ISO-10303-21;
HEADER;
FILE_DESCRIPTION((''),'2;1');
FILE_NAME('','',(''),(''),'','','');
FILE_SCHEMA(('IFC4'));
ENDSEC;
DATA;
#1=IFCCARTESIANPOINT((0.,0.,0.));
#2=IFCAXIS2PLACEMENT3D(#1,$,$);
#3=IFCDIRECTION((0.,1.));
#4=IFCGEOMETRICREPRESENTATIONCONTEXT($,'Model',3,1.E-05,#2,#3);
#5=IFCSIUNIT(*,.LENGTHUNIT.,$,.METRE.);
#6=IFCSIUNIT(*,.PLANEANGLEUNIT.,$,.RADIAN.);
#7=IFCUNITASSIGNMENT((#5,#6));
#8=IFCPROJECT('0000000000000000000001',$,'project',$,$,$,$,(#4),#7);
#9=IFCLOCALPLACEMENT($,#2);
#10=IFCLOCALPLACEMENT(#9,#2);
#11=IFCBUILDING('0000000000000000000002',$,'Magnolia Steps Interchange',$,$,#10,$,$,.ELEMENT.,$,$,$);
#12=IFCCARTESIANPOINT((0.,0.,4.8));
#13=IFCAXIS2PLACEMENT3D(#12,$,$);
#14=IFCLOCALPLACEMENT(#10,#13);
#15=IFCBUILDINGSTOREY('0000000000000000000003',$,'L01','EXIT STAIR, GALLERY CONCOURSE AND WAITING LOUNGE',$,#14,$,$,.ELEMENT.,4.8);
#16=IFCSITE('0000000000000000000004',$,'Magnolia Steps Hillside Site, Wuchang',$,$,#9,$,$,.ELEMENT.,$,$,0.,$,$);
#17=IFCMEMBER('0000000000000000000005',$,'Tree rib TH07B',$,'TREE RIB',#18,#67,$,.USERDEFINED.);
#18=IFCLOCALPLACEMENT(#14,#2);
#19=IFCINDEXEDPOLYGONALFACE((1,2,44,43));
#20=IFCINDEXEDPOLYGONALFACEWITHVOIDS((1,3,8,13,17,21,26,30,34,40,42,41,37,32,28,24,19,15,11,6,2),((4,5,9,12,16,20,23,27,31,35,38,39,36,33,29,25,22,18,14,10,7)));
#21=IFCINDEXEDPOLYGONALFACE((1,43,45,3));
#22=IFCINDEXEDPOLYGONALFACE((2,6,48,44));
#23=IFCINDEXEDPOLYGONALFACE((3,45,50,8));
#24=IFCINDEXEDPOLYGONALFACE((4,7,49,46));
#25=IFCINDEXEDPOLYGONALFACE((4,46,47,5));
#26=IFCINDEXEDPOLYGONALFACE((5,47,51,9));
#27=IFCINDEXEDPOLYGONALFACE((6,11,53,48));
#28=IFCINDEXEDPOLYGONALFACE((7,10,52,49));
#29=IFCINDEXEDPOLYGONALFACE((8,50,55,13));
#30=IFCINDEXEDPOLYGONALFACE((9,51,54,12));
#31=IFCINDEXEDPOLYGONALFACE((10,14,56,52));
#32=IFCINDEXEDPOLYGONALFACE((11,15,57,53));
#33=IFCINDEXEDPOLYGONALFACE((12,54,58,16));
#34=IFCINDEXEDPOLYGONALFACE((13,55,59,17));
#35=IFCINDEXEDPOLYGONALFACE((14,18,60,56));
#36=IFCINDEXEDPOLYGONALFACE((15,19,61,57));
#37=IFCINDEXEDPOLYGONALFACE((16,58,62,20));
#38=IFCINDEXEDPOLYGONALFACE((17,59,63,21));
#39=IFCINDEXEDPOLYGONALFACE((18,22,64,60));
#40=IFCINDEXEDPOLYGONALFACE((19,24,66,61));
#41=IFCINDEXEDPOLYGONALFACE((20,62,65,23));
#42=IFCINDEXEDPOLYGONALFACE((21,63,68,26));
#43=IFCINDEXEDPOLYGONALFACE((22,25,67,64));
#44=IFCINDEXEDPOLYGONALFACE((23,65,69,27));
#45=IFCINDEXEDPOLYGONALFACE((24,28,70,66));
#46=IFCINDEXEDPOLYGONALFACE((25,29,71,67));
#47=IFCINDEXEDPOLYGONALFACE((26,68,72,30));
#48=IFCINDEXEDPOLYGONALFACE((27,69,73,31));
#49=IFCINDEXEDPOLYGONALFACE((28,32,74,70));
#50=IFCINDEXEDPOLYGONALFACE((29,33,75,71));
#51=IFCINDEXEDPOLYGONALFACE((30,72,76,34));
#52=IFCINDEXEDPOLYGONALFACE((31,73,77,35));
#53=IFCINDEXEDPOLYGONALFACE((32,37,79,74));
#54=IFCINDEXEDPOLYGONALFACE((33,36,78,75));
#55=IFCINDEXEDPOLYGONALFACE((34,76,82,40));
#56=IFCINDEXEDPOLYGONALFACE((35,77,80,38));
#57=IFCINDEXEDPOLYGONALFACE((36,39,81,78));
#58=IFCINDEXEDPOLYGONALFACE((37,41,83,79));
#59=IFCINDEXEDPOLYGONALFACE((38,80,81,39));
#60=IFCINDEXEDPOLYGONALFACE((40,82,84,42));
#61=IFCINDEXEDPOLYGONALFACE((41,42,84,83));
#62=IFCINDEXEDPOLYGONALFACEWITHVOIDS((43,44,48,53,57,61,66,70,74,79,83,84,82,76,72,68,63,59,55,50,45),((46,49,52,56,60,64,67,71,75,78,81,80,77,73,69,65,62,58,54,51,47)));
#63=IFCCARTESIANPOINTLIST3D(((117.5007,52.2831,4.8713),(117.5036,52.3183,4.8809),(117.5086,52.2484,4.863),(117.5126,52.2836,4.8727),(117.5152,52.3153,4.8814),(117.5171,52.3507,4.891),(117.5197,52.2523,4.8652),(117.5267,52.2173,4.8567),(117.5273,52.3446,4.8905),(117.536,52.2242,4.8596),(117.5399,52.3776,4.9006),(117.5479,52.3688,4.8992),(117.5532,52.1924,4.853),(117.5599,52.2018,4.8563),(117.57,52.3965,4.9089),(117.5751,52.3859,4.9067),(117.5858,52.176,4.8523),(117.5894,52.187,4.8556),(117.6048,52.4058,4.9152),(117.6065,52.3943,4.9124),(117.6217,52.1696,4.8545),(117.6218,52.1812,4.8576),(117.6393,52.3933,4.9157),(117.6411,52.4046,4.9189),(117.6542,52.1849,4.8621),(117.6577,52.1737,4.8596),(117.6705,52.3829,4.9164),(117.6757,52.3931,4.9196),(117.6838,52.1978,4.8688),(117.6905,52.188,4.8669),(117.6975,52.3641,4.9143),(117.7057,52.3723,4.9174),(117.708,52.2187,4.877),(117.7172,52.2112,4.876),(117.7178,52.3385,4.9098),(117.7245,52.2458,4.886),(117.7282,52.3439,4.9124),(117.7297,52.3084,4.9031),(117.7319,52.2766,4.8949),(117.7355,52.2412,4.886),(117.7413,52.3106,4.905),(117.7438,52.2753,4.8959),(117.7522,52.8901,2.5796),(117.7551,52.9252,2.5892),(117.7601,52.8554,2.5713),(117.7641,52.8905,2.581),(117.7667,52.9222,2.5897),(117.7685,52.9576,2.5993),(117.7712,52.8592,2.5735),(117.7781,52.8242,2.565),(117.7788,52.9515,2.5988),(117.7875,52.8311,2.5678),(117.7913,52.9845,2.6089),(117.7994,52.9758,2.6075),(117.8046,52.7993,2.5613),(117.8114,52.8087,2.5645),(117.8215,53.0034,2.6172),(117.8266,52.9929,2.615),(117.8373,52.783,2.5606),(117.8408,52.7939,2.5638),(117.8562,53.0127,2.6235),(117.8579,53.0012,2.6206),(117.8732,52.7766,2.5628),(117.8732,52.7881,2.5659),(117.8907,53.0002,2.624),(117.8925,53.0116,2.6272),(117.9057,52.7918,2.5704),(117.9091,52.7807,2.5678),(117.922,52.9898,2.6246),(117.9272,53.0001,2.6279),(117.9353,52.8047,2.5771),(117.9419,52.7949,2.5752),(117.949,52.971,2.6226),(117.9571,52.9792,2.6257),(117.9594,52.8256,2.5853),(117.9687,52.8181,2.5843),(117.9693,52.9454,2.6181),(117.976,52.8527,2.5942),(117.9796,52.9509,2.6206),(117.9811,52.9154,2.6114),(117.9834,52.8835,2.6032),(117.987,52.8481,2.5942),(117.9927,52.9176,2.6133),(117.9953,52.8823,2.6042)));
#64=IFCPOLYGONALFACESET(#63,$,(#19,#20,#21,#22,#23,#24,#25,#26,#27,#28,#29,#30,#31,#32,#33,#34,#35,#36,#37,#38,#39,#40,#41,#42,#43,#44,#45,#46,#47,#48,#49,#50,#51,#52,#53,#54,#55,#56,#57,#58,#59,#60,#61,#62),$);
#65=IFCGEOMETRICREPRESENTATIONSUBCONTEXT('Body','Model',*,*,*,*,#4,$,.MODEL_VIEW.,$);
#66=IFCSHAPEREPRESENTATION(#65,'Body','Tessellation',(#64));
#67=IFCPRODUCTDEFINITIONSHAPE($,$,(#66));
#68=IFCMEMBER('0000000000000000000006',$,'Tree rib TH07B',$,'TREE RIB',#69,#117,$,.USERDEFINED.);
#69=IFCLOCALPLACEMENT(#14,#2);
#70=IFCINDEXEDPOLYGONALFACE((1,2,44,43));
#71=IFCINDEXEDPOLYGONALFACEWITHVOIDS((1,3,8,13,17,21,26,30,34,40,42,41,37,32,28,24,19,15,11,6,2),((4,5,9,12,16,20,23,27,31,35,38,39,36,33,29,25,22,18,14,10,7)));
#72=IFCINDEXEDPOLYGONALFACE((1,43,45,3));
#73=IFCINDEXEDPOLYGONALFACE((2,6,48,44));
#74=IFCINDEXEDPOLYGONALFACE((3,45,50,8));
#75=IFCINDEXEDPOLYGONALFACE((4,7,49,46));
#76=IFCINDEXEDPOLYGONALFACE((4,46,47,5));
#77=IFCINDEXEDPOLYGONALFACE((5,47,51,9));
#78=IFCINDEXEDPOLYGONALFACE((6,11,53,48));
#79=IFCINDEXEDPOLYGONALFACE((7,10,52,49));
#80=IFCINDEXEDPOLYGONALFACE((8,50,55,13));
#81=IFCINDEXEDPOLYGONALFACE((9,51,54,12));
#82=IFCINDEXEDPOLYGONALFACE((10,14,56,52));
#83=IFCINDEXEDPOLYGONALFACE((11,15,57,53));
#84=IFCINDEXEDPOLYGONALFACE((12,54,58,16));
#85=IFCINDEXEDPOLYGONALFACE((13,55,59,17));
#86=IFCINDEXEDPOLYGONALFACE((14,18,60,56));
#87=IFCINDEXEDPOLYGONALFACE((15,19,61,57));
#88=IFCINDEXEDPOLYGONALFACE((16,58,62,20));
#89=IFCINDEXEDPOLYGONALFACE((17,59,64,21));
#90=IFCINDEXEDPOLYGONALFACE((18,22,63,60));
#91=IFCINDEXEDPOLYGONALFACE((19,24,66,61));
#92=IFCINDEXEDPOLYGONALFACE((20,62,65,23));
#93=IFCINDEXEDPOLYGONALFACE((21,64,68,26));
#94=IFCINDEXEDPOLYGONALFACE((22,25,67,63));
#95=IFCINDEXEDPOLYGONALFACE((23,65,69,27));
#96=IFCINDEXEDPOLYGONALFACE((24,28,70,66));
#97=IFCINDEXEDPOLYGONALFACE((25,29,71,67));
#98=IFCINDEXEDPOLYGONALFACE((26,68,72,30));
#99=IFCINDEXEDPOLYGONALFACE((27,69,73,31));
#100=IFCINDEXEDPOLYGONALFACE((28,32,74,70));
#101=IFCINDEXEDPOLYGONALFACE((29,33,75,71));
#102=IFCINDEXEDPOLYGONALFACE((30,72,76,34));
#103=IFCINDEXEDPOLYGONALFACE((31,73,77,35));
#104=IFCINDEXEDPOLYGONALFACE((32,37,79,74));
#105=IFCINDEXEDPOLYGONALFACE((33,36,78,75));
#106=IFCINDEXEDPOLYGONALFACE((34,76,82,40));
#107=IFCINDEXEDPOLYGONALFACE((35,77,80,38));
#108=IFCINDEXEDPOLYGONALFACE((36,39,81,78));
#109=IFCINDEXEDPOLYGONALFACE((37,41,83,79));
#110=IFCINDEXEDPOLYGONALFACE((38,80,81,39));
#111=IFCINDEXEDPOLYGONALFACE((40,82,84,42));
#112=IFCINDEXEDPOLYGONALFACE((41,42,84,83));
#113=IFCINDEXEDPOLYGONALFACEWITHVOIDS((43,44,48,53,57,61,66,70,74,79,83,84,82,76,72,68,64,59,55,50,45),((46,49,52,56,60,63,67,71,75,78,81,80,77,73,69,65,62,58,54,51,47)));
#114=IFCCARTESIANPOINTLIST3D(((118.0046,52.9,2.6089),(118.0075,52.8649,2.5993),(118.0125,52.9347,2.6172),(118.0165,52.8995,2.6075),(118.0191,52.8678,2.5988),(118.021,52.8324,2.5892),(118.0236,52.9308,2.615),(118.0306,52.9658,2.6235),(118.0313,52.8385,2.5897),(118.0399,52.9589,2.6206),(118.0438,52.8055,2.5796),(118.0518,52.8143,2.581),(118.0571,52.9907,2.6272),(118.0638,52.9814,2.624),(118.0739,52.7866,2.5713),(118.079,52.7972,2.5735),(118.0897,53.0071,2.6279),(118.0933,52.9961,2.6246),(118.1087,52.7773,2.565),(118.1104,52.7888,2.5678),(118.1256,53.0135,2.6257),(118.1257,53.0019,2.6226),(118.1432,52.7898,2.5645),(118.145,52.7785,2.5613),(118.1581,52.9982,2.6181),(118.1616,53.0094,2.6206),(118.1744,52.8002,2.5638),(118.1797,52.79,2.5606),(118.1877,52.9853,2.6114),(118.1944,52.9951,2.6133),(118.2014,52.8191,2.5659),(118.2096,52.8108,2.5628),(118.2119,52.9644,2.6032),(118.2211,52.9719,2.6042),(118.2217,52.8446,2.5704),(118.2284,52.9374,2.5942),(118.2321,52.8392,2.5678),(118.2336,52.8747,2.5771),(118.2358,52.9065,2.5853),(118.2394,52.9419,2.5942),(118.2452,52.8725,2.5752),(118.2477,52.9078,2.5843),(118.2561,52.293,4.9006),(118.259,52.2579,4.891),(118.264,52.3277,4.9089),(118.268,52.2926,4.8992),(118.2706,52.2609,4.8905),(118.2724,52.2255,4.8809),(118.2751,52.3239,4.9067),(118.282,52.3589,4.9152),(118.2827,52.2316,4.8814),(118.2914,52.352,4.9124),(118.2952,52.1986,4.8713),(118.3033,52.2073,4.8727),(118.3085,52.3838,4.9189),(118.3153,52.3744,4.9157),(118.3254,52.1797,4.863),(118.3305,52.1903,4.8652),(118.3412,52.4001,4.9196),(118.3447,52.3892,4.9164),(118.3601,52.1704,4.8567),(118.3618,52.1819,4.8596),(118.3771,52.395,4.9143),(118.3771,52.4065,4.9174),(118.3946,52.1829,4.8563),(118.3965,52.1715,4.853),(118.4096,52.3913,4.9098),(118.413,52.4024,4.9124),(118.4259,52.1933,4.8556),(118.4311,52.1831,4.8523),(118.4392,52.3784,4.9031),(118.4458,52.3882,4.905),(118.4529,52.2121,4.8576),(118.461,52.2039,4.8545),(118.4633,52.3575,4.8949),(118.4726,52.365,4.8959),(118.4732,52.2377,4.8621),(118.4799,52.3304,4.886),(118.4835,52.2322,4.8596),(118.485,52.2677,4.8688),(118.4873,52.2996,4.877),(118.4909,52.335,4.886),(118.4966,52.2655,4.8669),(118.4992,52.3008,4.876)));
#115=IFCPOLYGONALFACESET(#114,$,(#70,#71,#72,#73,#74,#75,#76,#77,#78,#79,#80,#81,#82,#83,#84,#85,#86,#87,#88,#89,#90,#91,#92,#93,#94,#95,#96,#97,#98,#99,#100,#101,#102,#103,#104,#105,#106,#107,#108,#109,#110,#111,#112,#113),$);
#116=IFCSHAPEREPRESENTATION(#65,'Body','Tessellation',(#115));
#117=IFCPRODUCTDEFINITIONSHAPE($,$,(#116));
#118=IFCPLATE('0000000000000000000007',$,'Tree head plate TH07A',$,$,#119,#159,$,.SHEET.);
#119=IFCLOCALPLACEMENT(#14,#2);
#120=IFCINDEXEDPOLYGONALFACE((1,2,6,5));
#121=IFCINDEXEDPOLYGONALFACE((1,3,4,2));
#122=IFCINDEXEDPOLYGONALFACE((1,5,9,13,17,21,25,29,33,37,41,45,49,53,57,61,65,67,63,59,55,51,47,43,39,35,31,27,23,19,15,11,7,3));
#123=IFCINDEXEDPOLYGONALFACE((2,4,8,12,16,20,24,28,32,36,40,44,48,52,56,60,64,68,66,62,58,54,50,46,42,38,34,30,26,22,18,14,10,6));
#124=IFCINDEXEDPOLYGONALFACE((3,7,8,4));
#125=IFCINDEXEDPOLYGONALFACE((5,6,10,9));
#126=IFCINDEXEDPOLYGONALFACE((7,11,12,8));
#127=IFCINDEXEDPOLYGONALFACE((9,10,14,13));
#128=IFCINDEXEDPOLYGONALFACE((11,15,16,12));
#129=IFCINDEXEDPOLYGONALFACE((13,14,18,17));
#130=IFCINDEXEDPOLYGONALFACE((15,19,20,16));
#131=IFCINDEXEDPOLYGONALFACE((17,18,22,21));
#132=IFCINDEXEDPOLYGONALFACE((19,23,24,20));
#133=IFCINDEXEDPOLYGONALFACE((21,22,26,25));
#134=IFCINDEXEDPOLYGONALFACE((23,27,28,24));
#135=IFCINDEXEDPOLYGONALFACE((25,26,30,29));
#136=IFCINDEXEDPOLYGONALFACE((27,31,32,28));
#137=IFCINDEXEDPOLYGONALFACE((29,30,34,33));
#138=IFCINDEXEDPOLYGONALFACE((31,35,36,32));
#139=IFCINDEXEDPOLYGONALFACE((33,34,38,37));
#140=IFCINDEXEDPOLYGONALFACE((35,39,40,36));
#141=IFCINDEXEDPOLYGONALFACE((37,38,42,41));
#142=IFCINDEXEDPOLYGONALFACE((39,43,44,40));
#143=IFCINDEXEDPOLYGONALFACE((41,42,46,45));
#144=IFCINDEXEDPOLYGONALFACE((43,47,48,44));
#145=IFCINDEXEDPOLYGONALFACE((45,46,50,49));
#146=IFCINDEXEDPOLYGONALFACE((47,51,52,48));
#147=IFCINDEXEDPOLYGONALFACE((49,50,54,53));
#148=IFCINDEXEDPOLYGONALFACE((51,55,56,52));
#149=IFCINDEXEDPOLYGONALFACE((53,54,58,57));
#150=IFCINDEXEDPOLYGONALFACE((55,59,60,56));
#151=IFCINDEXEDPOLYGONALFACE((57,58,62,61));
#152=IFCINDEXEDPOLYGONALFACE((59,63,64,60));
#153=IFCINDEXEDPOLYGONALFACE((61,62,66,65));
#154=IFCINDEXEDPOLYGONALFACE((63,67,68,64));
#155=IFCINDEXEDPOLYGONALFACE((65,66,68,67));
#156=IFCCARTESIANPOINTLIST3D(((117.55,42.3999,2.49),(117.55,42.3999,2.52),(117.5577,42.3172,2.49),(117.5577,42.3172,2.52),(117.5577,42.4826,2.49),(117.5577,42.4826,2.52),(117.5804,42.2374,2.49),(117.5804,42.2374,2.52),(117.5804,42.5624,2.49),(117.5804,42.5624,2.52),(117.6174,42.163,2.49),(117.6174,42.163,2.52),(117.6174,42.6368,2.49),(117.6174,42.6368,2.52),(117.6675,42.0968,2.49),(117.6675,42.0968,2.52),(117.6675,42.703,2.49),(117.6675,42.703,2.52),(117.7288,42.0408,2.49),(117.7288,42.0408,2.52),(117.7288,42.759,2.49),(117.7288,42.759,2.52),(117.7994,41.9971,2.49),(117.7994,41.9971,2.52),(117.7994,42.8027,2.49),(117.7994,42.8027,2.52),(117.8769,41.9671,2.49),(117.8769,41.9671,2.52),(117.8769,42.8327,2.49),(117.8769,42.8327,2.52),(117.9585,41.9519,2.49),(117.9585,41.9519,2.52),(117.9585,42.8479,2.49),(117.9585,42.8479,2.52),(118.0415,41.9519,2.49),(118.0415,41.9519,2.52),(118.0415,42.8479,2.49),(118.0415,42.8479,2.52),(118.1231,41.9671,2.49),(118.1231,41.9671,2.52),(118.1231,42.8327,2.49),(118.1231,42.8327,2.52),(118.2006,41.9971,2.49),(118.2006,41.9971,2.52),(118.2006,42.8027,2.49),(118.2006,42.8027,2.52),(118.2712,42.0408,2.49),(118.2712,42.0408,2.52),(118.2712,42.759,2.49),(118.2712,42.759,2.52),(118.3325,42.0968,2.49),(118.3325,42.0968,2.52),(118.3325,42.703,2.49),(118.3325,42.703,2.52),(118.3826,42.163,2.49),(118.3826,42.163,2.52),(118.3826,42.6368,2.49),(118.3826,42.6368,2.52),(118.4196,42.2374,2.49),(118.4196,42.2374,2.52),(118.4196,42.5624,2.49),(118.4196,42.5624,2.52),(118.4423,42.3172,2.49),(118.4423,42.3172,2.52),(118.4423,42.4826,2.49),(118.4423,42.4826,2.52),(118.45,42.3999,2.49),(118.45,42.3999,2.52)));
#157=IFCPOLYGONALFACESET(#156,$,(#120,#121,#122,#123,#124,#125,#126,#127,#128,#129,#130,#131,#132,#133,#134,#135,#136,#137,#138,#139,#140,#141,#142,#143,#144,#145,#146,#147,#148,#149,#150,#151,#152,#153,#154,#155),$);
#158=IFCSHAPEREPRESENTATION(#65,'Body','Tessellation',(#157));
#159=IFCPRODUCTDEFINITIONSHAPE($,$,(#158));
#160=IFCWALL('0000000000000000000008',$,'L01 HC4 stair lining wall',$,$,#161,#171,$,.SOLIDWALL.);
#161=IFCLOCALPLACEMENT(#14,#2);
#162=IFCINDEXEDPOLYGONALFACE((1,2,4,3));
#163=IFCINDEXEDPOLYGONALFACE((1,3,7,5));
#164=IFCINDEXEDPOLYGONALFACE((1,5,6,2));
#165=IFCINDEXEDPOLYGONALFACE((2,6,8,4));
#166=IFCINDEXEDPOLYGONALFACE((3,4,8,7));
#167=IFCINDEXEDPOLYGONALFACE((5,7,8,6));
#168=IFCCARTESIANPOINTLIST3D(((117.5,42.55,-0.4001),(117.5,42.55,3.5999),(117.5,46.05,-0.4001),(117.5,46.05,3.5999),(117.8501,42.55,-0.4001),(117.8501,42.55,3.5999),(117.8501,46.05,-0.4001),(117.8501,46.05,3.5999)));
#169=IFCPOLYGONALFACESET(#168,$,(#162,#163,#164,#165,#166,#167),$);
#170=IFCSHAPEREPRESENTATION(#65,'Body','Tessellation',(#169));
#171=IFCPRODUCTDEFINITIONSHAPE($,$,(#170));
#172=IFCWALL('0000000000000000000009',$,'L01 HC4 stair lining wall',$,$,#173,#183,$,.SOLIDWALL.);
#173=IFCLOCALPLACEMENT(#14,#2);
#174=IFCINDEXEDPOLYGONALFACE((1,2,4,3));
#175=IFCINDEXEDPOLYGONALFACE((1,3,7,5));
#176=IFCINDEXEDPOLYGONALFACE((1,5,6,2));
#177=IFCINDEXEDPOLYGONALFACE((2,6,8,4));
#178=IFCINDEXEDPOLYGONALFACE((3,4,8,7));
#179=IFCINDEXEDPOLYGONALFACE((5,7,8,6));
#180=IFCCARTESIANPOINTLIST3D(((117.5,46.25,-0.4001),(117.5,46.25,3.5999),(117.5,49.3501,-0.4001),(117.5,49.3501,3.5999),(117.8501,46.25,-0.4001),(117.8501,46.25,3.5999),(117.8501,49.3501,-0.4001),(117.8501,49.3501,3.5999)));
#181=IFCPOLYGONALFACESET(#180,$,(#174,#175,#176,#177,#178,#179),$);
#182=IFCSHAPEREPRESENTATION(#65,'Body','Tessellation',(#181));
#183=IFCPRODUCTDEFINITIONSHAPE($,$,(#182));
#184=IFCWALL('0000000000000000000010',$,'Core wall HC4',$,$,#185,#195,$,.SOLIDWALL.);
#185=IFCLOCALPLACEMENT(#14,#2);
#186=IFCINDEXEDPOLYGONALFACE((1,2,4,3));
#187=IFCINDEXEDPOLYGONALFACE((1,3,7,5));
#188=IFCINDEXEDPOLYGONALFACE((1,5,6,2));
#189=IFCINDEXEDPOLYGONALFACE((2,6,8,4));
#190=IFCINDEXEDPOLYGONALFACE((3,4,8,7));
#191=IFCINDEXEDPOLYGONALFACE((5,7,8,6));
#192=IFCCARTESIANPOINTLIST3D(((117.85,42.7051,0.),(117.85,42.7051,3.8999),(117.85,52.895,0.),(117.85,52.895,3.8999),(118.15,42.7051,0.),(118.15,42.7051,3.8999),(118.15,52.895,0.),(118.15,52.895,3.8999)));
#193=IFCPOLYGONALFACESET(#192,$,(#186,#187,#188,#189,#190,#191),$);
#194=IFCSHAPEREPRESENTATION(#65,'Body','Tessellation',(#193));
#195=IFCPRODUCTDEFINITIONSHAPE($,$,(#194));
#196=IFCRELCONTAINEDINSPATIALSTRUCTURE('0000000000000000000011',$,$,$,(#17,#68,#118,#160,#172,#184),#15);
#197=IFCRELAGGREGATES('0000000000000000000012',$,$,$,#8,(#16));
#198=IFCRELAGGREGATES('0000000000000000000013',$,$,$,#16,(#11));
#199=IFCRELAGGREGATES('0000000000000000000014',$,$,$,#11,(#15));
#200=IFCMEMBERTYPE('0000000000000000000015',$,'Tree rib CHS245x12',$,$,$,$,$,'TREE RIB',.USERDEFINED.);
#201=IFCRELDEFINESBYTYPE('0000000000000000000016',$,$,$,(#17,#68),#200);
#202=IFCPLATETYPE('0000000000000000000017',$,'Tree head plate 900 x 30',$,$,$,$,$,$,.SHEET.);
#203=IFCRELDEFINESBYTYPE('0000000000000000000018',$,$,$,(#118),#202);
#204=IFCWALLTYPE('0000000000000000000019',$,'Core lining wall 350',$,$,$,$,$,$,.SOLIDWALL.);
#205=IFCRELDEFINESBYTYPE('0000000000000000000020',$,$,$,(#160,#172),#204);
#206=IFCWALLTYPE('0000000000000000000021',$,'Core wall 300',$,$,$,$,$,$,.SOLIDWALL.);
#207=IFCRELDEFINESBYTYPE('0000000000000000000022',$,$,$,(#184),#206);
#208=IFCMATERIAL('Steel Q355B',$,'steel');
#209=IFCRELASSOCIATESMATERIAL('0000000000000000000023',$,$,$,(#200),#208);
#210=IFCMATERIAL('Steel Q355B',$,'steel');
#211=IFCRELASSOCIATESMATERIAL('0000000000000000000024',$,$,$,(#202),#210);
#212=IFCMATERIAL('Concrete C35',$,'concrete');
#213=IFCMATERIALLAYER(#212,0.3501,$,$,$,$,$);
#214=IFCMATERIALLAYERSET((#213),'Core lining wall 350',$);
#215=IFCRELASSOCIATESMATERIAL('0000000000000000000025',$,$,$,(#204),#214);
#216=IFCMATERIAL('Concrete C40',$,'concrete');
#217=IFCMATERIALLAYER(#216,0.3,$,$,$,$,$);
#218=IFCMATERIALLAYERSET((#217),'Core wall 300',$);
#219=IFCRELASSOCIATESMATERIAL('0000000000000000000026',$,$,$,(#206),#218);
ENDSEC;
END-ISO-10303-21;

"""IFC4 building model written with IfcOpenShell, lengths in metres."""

from ifc_helpers import new_model, si_unit, direction, frame, frame_2d, origin, origin_2d, place, context, subcontext, project, spatial, rectangle, circle, hollow_circle, extrude, material, layer, layer_set, material_profile, profile_set, type_object, element, save


model = new_model("IFC4")

# Units and contexts
model_context = context("Model", 3, precision=1e-05, world=origin(), true_north=direction((0.0, 1.0)))
body_context = subcontext(model_context, "Body", "Model", "MODEL_VIEW")
ifc_project = project(units=[si_unit("LENGTHUNIT", "METRE"), si_unit("PLANEANGLEUNIT", "RADIAN")], contexts=[model_context])

# Site, building, storey
site_placement = place(None, origin())
site = spatial("IfcSite", under=ifc_project, at=site_placement, Name="Magnolia Steps Hillside Site, Wuchang", CompositionType="ELEMENT", RefElevation=0.0)
building_placement = place(site_placement, origin())
building = spatial("IfcBuilding", under=site, at=building_placement, Name="Magnolia Steps Interchange", CompositionType="ELEMENT")
storey_placement = place(building_placement, frame((0.0, 0.0, 4.8)))
storey = spatial("IfcBuildingStorey", under=building, at=storey_placement, Name="L01", Description="EXIT STAIR, GALLERY CONCOURSE AND WAITING LOUNGE", CompositionType="ELEMENT", Elevation=4.8)

# Members
ifc_material_1 = material(Name="Steel Q355B", Category="steel")
ifc_material_profile_1 = material_profile(ifc_material_1, hollow_circle(Radius=0.1226, WallThickness=0.012, at=origin_2d()), Name="CHS245x12")
ifc_profile_set_1 = profile_set([ifc_material_profile_1], Name="Steel Q355B")
member_type = type_object("IfcMemberType", Name="Tree rib CHS245x12", ElementType="TREE RIB", PredefinedType="USERDEFINED", material=ifc_profile_set_1)
for number, where, z_axis, x_axis, name in (
    (1, (117.8738, 52.895, 2.5942), (-0.105478, -0.254581, 0.961282), (0.923845, -0.382768, 0.0), "Tree rib TH07B"),
    (2, (118.1262, 52.895, 2.5942), (0.105478, -0.254581, 0.961282), (0.923845, 0.382768, 0.0), "Tree rib TH07B"),
):
    element("IfcMember", number, at=place(storey_placement, frame(where, z_axis=z_axis, x_axis=x_axis)), inside=storey, type_object=member_type, Name=name, ObjectType="TREE RIB", PredefinedType="USERDEFINED", context=body_context, shape_type="SweptSolid", body=[
        extrude(hollow_circle(Radius=0.1226, WallThickness=0.012, at=origin_2d()), origin(), (0.0, 0.0, 1.0), 2.384),
    ])

# Plate
ifc_material_2 = material(Name="Steel Q355B", Category="steel")
ifc_material_profile_2 = material_profile(ifc_material_2, circle(Radius=0.45, at=origin_2d()), Name="Tree head plate 900 x 30")
ifc_profile_set_2 = profile_set([ifc_material_profile_2], Name="Steel Q355B")
plate_type = type_object("IfcPlateType", Name="Tree head plate 900 x 30", PredefinedType="SHEET", material=ifc_profile_set_2)
plate_placement = place(storey_placement, frame((118.0, 42.3999, 2.49), z_axis=(0.0, 0.0, 1.0), x_axis=(1.0, 0.0, 0.0)))
element("IfcPlate", 3, at=plate_placement, inside=storey, type_object=plate_type, Name="Tree head plate TH07A", PredefinedType="SHEET", context=body_context, shape_type="SweptSolid", body=[
    extrude(circle(Radius=0.45, at=origin_2d()), origin(), (0.0, 0.0, 1.0), 0.03),
])

# Walls
ifc_material_3 = material(Name="Concrete C35", Category="concrete")
ifc_layer_1 = layer(ifc_material_3, 0.3501)
ifc_layer_set_1 = layer_set([ifc_layer_1], Name="Core lining wall 350")
wall_type_1 = type_object("IfcWallType", Name="Core lining wall 350", PredefinedType="SOLIDWALL", material=ifc_layer_set_1)
wall_1_placement = place(storey_placement, frame((117.675, 46.05, -0.4001), z_axis=(0.0, 0.0, 1.0), x_axis=(0.0, -1.0, 0.0)))
element("IfcWall", 4, at=wall_1_placement, inside=storey, type_object=wall_type_1, Name="L01 HC4 stair lining wall", PredefinedType="SOLIDWALL", context=body_context, shape_type="SweptSolid", body=[
    extrude(rectangle(XDim=3.5, YDim=0.3501, at=frame_2d((1.75, 0.0))), origin(), (0.0, 0.0, 1.0), 4.0),
])
wall_2_placement = place(storey_placement, frame((117.675, 49.3501, -0.4001), z_axis=(0.0, 0.0, 1.0), x_axis=(0.0, -1.0, 0.0)))
element("IfcWall", 5, at=wall_2_placement, inside=storey, type_object=wall_type_1, Name="L01 HC4 stair lining wall", PredefinedType="SOLIDWALL", context=body_context, shape_type="SweptSolid", body=[
    extrude(rectangle(XDim=3.1001, YDim=0.3501, at=frame_2d((1.55, 0.0))), origin(), (0.0, 0.0, 1.0), 4.0),
])
ifc_material_4 = material(Name="Concrete C40", Category="concrete")
ifc_layer_2 = layer(ifc_material_4, 0.3)
ifc_layer_set_2 = layer_set([ifc_layer_2], Name="Core wall 300")
wall_type_2 = type_object("IfcWallType", Name="Core wall 300", PredefinedType="SOLIDWALL", material=ifc_layer_set_2)
wall_3_placement = place(storey_placement, frame((118.0, 42.7051, 0.0), z_axis=(0.0, 0.0, 1.0), x_axis=(0.0, 1.0, 0.0)))
element("IfcWall", 6, at=wall_3_placement, inside=storey, type_object=wall_type_2, Name="Core wall HC4", PredefinedType="SOLIDWALL", context=body_context, shape_type="SweptSolid", body=[
    extrude(rectangle(XDim=10.1899, YDim=0.3, at=frame_2d((5.095, 0.0))), origin(), (0.0, 0.0, 1.0), 3.8999),
])

save(model, "model.ifc")
